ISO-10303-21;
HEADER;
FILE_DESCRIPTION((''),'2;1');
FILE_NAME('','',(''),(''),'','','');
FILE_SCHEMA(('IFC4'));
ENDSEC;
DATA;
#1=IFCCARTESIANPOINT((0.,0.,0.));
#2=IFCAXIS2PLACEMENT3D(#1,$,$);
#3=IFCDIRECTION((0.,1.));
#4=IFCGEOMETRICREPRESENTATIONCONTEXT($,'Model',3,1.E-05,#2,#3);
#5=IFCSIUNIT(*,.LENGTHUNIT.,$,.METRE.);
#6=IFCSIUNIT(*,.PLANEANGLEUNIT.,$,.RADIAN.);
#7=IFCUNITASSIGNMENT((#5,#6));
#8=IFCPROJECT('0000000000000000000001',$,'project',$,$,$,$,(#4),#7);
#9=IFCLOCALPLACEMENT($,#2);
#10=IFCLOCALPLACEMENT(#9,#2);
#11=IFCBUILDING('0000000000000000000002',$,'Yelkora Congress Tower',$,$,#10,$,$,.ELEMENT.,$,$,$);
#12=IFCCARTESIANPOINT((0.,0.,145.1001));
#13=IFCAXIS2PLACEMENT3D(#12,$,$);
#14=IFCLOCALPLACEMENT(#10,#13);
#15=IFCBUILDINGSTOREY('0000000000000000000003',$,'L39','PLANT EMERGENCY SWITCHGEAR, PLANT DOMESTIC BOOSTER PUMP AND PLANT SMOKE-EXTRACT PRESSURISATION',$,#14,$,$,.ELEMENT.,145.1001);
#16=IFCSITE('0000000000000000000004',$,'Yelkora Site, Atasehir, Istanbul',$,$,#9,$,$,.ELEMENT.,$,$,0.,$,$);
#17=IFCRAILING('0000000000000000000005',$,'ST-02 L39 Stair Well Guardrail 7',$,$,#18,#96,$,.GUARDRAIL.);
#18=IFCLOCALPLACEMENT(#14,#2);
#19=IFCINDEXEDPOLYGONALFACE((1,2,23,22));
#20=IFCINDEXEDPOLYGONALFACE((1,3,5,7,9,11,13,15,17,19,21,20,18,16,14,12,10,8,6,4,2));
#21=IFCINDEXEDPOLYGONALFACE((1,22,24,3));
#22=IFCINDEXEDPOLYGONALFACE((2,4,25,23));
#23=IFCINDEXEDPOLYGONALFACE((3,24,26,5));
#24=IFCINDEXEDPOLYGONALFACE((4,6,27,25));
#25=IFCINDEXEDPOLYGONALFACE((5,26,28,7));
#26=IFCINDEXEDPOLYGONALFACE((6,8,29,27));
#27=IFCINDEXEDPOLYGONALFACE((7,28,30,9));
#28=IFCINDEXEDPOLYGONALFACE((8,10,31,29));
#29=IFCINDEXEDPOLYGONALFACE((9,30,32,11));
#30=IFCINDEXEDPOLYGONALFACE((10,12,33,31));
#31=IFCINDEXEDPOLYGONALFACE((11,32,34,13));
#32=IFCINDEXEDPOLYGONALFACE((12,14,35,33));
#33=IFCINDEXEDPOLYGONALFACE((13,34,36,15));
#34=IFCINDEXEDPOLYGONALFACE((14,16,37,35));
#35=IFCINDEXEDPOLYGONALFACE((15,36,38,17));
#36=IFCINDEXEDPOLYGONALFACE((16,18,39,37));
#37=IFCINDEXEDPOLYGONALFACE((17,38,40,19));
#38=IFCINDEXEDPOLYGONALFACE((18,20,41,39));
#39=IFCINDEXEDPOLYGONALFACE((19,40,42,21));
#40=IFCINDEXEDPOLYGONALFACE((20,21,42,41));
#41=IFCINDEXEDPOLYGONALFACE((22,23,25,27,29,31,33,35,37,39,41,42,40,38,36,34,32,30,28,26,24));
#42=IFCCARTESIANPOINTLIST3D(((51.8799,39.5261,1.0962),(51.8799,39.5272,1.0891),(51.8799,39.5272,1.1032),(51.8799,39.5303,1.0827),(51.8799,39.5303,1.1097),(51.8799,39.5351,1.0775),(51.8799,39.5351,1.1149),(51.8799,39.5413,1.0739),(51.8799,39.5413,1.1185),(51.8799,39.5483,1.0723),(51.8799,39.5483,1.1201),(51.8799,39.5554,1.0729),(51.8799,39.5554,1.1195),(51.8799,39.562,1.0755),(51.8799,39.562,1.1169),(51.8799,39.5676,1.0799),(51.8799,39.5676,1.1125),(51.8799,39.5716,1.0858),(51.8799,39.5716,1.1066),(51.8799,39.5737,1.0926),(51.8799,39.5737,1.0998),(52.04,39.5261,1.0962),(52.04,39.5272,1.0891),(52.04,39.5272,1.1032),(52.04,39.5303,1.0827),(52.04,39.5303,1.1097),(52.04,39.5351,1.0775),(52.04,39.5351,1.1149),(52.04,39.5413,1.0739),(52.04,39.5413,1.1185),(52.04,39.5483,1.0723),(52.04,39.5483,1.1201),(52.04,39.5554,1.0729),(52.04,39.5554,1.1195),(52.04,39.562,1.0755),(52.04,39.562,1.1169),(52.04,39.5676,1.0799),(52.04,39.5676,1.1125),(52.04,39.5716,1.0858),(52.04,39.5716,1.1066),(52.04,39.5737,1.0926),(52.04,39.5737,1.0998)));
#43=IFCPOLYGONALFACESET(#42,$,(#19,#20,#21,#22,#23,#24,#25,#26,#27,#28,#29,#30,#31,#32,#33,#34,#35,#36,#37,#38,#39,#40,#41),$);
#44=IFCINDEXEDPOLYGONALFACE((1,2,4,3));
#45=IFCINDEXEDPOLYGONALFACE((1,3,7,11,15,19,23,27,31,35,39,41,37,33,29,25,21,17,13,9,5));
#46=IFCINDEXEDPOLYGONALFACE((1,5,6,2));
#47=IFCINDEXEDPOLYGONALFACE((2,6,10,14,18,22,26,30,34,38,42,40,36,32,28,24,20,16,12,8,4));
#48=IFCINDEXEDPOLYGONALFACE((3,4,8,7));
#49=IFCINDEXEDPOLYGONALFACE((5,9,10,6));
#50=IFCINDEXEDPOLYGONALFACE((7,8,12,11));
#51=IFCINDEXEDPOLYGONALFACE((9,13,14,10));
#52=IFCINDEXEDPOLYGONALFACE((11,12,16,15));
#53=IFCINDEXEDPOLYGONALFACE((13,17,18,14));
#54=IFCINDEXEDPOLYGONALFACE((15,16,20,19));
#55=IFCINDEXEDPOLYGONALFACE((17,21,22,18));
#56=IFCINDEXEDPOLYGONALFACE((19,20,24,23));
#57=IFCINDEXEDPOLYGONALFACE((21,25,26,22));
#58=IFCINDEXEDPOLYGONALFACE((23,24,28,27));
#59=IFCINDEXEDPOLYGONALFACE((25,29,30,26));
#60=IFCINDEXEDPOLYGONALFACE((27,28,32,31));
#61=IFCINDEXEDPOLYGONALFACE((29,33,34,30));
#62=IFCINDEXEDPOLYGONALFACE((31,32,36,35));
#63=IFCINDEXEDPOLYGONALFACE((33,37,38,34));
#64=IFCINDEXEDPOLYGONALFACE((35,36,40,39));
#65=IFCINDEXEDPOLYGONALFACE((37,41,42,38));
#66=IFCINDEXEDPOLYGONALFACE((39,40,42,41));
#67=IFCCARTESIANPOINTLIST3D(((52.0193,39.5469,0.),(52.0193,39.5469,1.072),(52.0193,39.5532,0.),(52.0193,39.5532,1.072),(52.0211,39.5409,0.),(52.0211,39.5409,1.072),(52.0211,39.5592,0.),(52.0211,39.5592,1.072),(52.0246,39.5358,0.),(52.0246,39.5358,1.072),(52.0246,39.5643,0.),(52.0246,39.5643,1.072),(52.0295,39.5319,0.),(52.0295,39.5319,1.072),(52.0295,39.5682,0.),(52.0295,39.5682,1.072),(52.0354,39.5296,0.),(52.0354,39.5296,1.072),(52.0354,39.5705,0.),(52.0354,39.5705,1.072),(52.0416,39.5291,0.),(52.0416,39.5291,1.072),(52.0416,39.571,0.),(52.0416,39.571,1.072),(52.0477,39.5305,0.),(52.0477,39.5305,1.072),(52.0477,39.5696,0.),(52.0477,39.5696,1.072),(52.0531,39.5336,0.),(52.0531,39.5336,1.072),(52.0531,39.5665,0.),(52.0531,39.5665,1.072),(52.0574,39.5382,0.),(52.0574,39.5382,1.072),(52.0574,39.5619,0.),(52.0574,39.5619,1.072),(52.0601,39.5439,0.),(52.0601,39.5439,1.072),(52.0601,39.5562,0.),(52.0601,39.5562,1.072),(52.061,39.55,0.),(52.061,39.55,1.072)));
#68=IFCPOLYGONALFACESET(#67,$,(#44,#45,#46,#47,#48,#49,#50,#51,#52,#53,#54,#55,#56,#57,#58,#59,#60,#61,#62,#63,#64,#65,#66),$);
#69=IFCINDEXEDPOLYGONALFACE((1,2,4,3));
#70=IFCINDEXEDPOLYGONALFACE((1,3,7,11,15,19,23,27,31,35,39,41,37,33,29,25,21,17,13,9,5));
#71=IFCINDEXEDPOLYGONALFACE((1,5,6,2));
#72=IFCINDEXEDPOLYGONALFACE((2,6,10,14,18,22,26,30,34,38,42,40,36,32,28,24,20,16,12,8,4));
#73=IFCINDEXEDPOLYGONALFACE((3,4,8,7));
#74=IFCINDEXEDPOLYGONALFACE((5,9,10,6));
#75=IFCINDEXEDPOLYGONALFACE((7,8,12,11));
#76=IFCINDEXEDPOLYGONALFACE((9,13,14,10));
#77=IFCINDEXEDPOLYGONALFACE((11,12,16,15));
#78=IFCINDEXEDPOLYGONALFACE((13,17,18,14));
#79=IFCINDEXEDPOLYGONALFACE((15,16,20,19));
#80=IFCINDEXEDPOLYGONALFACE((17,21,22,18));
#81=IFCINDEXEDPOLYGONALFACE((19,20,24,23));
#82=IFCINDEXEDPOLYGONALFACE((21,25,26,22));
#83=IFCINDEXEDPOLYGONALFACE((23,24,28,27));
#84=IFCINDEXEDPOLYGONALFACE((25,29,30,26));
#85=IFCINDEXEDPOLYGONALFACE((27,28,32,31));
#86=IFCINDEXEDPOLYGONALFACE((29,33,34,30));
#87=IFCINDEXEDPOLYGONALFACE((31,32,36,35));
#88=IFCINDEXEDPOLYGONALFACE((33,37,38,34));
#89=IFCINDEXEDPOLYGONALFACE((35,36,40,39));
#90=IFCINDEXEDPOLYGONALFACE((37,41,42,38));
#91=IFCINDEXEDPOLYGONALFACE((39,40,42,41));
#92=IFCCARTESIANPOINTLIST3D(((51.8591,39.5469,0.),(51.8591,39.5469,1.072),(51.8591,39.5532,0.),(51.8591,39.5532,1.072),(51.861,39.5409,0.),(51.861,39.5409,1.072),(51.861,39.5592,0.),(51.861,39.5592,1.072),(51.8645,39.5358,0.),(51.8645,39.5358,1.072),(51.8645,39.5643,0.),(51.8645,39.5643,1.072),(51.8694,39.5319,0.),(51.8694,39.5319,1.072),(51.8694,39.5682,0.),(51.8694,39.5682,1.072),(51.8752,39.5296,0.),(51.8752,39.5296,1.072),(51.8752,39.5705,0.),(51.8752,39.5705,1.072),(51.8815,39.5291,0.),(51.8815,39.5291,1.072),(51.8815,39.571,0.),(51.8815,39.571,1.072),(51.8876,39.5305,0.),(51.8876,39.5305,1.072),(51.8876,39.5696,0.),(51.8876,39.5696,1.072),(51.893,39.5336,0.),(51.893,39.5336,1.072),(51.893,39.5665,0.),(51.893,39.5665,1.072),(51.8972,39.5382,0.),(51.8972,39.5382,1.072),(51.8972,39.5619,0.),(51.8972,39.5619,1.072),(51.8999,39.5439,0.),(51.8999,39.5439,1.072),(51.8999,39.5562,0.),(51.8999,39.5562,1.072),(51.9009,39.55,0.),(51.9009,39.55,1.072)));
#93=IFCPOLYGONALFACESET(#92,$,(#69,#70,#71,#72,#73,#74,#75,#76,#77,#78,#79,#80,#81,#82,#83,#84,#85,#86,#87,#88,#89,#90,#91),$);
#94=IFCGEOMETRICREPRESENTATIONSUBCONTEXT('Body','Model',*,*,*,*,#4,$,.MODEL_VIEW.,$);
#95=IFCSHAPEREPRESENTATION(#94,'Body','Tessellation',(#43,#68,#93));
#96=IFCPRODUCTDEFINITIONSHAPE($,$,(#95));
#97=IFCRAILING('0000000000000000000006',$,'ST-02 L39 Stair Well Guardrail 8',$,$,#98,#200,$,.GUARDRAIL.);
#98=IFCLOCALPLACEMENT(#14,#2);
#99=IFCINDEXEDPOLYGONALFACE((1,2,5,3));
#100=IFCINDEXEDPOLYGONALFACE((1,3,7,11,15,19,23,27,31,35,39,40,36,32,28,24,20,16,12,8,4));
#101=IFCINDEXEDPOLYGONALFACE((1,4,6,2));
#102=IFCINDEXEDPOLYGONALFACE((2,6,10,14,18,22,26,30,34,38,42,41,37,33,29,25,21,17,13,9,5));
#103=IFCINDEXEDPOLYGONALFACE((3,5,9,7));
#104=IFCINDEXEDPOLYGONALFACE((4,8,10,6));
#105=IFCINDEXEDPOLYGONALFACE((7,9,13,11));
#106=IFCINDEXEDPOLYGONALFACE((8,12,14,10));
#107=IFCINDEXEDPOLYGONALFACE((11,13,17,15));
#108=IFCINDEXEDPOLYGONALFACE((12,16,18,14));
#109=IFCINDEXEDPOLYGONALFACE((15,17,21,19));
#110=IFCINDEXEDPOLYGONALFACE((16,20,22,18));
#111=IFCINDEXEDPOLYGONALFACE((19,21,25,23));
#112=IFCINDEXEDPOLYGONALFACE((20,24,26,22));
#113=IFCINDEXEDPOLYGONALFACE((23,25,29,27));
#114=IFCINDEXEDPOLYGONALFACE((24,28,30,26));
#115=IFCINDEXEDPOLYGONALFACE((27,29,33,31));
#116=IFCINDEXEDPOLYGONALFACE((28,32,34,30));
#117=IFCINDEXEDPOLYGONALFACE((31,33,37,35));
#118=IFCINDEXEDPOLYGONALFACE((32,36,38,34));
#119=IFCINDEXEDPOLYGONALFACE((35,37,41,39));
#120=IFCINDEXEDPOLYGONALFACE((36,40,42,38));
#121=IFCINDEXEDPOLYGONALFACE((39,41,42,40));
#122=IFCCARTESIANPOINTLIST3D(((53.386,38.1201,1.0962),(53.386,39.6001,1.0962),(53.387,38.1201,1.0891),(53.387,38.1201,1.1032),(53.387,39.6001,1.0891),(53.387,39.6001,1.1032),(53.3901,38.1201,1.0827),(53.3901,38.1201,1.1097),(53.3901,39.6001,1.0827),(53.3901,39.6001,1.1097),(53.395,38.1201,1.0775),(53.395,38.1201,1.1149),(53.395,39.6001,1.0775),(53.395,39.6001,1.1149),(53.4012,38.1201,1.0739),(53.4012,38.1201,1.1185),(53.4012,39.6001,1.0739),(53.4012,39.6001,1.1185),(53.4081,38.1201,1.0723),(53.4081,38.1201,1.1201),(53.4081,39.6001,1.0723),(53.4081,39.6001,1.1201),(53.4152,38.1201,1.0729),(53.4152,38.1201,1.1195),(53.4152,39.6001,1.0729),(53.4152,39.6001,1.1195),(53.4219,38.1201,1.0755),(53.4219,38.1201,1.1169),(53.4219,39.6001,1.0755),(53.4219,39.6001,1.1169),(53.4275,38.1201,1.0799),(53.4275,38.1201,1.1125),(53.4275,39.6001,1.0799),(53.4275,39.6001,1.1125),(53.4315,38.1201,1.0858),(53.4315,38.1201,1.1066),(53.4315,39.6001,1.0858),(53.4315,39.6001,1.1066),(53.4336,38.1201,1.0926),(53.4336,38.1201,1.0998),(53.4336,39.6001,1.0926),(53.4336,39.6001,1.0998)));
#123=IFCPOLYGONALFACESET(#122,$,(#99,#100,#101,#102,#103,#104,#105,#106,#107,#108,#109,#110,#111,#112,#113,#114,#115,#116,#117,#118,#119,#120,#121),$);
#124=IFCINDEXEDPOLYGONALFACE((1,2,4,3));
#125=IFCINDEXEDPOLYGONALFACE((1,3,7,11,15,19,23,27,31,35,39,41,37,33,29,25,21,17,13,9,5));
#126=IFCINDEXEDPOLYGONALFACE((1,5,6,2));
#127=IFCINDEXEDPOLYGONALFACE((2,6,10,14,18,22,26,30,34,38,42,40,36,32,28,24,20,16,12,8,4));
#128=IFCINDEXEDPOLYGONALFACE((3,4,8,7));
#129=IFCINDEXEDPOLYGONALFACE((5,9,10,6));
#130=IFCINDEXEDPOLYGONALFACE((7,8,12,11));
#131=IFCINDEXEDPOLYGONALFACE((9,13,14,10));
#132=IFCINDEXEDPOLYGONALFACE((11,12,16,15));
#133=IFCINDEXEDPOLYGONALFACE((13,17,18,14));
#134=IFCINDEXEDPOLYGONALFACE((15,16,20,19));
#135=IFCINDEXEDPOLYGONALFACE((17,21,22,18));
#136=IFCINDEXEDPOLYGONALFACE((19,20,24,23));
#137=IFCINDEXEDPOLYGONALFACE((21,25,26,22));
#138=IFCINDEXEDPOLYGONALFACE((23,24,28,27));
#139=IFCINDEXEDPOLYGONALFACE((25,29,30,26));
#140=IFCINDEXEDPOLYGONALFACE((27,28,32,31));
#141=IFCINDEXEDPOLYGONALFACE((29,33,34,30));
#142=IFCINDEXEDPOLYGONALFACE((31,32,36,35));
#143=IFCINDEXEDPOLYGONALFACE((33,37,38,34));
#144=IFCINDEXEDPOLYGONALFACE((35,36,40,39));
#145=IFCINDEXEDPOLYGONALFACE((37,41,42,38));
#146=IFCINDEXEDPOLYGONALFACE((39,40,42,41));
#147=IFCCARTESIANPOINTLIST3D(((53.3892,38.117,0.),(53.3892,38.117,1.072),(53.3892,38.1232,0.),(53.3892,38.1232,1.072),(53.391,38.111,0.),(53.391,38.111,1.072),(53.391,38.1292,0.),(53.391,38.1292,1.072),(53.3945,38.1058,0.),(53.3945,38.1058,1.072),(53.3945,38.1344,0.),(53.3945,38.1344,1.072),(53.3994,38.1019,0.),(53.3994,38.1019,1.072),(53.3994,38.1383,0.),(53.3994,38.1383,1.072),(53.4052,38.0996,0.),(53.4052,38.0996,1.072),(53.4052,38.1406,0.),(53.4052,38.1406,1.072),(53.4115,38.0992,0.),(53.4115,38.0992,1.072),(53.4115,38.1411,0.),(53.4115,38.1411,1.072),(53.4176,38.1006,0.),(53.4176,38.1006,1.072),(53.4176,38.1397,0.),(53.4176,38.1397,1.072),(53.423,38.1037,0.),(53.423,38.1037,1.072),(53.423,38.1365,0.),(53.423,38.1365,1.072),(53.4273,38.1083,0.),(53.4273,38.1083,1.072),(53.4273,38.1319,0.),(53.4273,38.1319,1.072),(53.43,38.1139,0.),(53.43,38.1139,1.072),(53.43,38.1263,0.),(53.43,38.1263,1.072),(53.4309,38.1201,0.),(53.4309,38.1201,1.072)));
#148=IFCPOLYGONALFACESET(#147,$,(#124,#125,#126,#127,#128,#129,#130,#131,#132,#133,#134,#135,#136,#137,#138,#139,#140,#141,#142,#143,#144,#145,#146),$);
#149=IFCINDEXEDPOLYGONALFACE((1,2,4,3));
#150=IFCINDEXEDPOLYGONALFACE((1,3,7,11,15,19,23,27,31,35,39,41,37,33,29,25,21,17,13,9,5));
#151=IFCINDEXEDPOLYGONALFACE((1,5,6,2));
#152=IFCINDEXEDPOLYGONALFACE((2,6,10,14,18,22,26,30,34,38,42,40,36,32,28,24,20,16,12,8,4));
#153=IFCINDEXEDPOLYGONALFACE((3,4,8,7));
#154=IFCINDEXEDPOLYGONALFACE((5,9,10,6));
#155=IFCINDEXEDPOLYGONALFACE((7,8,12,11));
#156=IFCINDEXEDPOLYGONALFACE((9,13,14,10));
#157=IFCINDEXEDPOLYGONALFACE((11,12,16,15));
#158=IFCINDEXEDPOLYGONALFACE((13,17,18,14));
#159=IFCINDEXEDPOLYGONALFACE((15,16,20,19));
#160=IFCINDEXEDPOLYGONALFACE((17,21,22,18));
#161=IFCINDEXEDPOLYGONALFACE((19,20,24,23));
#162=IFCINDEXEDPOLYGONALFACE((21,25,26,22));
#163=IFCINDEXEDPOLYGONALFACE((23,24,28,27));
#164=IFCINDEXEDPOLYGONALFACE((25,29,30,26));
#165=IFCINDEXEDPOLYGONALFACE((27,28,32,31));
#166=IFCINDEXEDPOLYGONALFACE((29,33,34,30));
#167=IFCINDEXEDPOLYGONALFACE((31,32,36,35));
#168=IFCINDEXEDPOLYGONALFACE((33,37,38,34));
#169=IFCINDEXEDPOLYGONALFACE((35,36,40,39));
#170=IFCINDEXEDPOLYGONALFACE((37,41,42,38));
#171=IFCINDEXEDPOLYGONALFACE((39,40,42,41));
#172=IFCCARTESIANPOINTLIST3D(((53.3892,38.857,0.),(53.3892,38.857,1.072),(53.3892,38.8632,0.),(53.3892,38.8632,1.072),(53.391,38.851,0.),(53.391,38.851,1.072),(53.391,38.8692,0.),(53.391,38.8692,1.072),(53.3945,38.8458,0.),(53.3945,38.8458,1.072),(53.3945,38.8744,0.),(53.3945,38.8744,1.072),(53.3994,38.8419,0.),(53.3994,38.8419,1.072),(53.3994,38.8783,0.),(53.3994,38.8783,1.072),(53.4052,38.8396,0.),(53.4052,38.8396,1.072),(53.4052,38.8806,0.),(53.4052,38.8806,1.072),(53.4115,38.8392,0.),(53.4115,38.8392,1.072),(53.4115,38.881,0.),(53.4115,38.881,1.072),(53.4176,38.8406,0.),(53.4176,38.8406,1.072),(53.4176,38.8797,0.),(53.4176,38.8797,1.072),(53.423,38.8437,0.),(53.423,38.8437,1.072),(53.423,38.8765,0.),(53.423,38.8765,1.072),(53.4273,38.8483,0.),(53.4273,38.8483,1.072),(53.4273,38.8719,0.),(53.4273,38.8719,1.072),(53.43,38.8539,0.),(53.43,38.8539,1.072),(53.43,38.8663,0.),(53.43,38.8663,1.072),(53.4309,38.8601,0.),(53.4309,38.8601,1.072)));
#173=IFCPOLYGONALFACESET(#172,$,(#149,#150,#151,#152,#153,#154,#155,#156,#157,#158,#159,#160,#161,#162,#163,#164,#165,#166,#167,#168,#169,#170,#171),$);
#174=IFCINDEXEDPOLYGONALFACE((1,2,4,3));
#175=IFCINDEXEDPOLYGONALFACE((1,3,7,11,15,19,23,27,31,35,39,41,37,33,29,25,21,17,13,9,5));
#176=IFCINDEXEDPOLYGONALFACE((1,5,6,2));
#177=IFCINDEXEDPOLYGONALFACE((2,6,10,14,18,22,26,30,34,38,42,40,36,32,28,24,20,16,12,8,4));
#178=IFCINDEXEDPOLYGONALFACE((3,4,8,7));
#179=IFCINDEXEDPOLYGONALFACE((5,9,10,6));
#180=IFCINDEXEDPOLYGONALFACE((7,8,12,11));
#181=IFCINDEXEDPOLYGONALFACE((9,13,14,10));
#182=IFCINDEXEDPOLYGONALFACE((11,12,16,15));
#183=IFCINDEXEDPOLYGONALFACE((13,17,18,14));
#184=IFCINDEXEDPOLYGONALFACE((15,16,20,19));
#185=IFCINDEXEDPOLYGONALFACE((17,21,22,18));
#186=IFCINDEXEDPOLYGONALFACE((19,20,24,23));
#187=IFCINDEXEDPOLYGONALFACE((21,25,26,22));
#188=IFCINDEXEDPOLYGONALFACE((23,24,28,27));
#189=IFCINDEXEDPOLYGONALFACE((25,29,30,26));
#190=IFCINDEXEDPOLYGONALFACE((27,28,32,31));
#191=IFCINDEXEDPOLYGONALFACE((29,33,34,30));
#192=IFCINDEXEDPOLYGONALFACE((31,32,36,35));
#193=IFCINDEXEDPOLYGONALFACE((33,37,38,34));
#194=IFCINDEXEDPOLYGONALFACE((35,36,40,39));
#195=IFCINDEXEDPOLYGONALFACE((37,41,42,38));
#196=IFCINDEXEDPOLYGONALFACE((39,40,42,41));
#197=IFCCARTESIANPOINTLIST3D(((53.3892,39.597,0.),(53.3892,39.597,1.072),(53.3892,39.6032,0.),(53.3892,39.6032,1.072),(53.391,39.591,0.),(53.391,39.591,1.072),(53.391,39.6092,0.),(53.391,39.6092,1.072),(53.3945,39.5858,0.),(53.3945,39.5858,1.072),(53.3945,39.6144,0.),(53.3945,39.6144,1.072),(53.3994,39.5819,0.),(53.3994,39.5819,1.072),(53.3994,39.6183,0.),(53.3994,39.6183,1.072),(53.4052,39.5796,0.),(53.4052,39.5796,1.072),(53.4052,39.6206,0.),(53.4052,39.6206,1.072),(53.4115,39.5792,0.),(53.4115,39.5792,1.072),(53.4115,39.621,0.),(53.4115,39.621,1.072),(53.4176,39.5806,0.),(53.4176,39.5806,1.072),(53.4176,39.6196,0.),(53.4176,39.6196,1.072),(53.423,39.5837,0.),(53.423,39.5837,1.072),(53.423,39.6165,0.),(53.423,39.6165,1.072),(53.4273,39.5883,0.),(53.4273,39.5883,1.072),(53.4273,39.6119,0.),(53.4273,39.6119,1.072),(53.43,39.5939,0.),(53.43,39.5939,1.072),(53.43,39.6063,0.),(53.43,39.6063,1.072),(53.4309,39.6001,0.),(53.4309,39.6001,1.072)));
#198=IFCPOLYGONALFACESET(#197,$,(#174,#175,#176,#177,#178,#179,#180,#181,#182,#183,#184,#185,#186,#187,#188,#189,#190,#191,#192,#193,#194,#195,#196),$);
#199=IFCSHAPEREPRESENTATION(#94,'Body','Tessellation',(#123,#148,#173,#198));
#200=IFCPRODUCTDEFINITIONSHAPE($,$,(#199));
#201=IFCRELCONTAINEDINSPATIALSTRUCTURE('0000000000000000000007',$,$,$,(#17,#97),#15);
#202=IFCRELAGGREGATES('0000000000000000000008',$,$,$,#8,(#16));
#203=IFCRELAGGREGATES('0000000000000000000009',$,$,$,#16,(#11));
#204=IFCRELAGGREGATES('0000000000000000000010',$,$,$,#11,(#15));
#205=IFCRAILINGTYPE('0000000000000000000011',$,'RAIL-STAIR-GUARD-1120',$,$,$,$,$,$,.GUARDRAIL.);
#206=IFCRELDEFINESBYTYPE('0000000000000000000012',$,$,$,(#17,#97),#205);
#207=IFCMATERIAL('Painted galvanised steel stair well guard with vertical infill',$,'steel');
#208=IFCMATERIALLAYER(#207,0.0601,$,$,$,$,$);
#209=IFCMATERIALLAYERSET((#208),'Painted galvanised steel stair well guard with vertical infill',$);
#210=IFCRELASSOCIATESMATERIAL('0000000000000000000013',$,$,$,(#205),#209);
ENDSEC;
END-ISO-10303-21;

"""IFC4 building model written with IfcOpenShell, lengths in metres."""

from ifc_helpers import new_model, si_unit, direction, frame, origin, origin_2d, place, context, subcontext, project, spatial, circle, extrude, material, layer, layer_set, type_object, element, save


model = new_model("IFC4")

# Units and contexts
model_context = context("Model", 3, precision=1e-05, world=origin(), true_north=direction((0.0, 1.0)))
body_context = subcontext(model_context, "Body", "Model", "MODEL_VIEW")
ifc_project = project(units=[si_unit("LENGTHUNIT", "METRE"), si_unit("PLANEANGLEUNIT", "RADIAN")], contexts=[model_context])

# Site, building, storey
site_placement = place(None, origin())
site = spatial("IfcSite", under=ifc_project, at=site_placement, Name="Yelkora Site, Atasehir, Istanbul", CompositionType="ELEMENT", RefElevation=0.0)
building_placement = place(site_placement, origin())
building = spatial("IfcBuilding", under=site, at=building_placement, Name="Yelkora Congress Tower", CompositionType="ELEMENT")
storey_placement = place(building_placement, frame((0.0, 0.0, 145.1001)))
storey = spatial("IfcBuildingStorey", under=building, at=storey_placement, Name="L39", Description="PLANT EMERGENCY SWITCHGEAR, PLANT DOMESTIC BOOSTER PUMP AND PLANT SMOKE-EXTRACT PRESSURISATION", CompositionType="ELEMENT", Elevation=145.1001)

# Railings
ifc_material_1 = material(Name="Painted galvanised steel stair well guard with vertical infill", Category="steel")
ifc_layer_1 = layer(ifc_material_1, 0.0601)
ifc_layer_set_1 = layer_set([ifc_layer_1], Name="Painted galvanised steel stair well guard with vertical infill")
railing_type_1 = type_object("IfcRailingType", Name="RAIL-STAIR-GUARD-1120", PredefinedType="GUARDRAIL", material=ifc_layer_set_1)
railing_1_placement = place(storey_placement, frame((52.04, 39.55, 0.0)))
element("IfcRailing", 1, at=railing_1_placement, inside=storey, type_object=railing_type_1, Name="ST-02 L39 Stair Well Guardrail 7", PredefinedType="GUARDRAIL", context=body_context, shape_type="SweptSolid", body=[
    extrude(circle(Radius=0.0239, at=origin_2d()), frame((0.0, 0.0, 1.0962), z_axis=(-1.0, 0.0, 0.0), x_axis=(0.0, -1.0, 0.0)), (0.0, 0.0, 1.0), 0.1602),
    extrude(circle(Radius=0.021, at=origin_2d()), origin(), (0.0, 0.0, 1.0), 1.072),
    extrude(circle(Radius=0.021, at=origin_2d()), frame((-0.1602, 0.0, 0.0)), (0.0, 0.0, 1.0), 1.072),
])
railing_2_placement = place(storey_placement, frame((53.4099, 38.1201, 0.0)))
element("IfcRailing", 2, at=railing_2_placement, inside=storey, type_object=railing_type_1, Name="ST-02 L39 Stair Well Guardrail 8", PredefinedType="GUARDRAIL", context=body_context, shape_type="SweptSolid", body=[
    extrude(circle(Radius=0.0239, at=origin_2d()), frame((0.0, 0.0, 1.0962), z_axis=(0.0, 1.0, 0.0), x_axis=(-1.0, 0.0, 0.0)), (0.0, 0.0, 1.0), 1.48),
    extrude(circle(Radius=0.021, at=origin_2d()), origin(), (0.0, 0.0, 1.0), 1.072),
    extrude(circle(Radius=0.021, at=origin_2d()), frame((0.0, 0.74, 0.0)), (0.0, 0.0, 1.0), 1.072),
    extrude(circle(Radius=0.021, at=origin_2d()), frame((0.0, 1.48, 0.0)), (0.0, 0.0, 1.0), 1.072),
])

save(model, "model.ifc")
